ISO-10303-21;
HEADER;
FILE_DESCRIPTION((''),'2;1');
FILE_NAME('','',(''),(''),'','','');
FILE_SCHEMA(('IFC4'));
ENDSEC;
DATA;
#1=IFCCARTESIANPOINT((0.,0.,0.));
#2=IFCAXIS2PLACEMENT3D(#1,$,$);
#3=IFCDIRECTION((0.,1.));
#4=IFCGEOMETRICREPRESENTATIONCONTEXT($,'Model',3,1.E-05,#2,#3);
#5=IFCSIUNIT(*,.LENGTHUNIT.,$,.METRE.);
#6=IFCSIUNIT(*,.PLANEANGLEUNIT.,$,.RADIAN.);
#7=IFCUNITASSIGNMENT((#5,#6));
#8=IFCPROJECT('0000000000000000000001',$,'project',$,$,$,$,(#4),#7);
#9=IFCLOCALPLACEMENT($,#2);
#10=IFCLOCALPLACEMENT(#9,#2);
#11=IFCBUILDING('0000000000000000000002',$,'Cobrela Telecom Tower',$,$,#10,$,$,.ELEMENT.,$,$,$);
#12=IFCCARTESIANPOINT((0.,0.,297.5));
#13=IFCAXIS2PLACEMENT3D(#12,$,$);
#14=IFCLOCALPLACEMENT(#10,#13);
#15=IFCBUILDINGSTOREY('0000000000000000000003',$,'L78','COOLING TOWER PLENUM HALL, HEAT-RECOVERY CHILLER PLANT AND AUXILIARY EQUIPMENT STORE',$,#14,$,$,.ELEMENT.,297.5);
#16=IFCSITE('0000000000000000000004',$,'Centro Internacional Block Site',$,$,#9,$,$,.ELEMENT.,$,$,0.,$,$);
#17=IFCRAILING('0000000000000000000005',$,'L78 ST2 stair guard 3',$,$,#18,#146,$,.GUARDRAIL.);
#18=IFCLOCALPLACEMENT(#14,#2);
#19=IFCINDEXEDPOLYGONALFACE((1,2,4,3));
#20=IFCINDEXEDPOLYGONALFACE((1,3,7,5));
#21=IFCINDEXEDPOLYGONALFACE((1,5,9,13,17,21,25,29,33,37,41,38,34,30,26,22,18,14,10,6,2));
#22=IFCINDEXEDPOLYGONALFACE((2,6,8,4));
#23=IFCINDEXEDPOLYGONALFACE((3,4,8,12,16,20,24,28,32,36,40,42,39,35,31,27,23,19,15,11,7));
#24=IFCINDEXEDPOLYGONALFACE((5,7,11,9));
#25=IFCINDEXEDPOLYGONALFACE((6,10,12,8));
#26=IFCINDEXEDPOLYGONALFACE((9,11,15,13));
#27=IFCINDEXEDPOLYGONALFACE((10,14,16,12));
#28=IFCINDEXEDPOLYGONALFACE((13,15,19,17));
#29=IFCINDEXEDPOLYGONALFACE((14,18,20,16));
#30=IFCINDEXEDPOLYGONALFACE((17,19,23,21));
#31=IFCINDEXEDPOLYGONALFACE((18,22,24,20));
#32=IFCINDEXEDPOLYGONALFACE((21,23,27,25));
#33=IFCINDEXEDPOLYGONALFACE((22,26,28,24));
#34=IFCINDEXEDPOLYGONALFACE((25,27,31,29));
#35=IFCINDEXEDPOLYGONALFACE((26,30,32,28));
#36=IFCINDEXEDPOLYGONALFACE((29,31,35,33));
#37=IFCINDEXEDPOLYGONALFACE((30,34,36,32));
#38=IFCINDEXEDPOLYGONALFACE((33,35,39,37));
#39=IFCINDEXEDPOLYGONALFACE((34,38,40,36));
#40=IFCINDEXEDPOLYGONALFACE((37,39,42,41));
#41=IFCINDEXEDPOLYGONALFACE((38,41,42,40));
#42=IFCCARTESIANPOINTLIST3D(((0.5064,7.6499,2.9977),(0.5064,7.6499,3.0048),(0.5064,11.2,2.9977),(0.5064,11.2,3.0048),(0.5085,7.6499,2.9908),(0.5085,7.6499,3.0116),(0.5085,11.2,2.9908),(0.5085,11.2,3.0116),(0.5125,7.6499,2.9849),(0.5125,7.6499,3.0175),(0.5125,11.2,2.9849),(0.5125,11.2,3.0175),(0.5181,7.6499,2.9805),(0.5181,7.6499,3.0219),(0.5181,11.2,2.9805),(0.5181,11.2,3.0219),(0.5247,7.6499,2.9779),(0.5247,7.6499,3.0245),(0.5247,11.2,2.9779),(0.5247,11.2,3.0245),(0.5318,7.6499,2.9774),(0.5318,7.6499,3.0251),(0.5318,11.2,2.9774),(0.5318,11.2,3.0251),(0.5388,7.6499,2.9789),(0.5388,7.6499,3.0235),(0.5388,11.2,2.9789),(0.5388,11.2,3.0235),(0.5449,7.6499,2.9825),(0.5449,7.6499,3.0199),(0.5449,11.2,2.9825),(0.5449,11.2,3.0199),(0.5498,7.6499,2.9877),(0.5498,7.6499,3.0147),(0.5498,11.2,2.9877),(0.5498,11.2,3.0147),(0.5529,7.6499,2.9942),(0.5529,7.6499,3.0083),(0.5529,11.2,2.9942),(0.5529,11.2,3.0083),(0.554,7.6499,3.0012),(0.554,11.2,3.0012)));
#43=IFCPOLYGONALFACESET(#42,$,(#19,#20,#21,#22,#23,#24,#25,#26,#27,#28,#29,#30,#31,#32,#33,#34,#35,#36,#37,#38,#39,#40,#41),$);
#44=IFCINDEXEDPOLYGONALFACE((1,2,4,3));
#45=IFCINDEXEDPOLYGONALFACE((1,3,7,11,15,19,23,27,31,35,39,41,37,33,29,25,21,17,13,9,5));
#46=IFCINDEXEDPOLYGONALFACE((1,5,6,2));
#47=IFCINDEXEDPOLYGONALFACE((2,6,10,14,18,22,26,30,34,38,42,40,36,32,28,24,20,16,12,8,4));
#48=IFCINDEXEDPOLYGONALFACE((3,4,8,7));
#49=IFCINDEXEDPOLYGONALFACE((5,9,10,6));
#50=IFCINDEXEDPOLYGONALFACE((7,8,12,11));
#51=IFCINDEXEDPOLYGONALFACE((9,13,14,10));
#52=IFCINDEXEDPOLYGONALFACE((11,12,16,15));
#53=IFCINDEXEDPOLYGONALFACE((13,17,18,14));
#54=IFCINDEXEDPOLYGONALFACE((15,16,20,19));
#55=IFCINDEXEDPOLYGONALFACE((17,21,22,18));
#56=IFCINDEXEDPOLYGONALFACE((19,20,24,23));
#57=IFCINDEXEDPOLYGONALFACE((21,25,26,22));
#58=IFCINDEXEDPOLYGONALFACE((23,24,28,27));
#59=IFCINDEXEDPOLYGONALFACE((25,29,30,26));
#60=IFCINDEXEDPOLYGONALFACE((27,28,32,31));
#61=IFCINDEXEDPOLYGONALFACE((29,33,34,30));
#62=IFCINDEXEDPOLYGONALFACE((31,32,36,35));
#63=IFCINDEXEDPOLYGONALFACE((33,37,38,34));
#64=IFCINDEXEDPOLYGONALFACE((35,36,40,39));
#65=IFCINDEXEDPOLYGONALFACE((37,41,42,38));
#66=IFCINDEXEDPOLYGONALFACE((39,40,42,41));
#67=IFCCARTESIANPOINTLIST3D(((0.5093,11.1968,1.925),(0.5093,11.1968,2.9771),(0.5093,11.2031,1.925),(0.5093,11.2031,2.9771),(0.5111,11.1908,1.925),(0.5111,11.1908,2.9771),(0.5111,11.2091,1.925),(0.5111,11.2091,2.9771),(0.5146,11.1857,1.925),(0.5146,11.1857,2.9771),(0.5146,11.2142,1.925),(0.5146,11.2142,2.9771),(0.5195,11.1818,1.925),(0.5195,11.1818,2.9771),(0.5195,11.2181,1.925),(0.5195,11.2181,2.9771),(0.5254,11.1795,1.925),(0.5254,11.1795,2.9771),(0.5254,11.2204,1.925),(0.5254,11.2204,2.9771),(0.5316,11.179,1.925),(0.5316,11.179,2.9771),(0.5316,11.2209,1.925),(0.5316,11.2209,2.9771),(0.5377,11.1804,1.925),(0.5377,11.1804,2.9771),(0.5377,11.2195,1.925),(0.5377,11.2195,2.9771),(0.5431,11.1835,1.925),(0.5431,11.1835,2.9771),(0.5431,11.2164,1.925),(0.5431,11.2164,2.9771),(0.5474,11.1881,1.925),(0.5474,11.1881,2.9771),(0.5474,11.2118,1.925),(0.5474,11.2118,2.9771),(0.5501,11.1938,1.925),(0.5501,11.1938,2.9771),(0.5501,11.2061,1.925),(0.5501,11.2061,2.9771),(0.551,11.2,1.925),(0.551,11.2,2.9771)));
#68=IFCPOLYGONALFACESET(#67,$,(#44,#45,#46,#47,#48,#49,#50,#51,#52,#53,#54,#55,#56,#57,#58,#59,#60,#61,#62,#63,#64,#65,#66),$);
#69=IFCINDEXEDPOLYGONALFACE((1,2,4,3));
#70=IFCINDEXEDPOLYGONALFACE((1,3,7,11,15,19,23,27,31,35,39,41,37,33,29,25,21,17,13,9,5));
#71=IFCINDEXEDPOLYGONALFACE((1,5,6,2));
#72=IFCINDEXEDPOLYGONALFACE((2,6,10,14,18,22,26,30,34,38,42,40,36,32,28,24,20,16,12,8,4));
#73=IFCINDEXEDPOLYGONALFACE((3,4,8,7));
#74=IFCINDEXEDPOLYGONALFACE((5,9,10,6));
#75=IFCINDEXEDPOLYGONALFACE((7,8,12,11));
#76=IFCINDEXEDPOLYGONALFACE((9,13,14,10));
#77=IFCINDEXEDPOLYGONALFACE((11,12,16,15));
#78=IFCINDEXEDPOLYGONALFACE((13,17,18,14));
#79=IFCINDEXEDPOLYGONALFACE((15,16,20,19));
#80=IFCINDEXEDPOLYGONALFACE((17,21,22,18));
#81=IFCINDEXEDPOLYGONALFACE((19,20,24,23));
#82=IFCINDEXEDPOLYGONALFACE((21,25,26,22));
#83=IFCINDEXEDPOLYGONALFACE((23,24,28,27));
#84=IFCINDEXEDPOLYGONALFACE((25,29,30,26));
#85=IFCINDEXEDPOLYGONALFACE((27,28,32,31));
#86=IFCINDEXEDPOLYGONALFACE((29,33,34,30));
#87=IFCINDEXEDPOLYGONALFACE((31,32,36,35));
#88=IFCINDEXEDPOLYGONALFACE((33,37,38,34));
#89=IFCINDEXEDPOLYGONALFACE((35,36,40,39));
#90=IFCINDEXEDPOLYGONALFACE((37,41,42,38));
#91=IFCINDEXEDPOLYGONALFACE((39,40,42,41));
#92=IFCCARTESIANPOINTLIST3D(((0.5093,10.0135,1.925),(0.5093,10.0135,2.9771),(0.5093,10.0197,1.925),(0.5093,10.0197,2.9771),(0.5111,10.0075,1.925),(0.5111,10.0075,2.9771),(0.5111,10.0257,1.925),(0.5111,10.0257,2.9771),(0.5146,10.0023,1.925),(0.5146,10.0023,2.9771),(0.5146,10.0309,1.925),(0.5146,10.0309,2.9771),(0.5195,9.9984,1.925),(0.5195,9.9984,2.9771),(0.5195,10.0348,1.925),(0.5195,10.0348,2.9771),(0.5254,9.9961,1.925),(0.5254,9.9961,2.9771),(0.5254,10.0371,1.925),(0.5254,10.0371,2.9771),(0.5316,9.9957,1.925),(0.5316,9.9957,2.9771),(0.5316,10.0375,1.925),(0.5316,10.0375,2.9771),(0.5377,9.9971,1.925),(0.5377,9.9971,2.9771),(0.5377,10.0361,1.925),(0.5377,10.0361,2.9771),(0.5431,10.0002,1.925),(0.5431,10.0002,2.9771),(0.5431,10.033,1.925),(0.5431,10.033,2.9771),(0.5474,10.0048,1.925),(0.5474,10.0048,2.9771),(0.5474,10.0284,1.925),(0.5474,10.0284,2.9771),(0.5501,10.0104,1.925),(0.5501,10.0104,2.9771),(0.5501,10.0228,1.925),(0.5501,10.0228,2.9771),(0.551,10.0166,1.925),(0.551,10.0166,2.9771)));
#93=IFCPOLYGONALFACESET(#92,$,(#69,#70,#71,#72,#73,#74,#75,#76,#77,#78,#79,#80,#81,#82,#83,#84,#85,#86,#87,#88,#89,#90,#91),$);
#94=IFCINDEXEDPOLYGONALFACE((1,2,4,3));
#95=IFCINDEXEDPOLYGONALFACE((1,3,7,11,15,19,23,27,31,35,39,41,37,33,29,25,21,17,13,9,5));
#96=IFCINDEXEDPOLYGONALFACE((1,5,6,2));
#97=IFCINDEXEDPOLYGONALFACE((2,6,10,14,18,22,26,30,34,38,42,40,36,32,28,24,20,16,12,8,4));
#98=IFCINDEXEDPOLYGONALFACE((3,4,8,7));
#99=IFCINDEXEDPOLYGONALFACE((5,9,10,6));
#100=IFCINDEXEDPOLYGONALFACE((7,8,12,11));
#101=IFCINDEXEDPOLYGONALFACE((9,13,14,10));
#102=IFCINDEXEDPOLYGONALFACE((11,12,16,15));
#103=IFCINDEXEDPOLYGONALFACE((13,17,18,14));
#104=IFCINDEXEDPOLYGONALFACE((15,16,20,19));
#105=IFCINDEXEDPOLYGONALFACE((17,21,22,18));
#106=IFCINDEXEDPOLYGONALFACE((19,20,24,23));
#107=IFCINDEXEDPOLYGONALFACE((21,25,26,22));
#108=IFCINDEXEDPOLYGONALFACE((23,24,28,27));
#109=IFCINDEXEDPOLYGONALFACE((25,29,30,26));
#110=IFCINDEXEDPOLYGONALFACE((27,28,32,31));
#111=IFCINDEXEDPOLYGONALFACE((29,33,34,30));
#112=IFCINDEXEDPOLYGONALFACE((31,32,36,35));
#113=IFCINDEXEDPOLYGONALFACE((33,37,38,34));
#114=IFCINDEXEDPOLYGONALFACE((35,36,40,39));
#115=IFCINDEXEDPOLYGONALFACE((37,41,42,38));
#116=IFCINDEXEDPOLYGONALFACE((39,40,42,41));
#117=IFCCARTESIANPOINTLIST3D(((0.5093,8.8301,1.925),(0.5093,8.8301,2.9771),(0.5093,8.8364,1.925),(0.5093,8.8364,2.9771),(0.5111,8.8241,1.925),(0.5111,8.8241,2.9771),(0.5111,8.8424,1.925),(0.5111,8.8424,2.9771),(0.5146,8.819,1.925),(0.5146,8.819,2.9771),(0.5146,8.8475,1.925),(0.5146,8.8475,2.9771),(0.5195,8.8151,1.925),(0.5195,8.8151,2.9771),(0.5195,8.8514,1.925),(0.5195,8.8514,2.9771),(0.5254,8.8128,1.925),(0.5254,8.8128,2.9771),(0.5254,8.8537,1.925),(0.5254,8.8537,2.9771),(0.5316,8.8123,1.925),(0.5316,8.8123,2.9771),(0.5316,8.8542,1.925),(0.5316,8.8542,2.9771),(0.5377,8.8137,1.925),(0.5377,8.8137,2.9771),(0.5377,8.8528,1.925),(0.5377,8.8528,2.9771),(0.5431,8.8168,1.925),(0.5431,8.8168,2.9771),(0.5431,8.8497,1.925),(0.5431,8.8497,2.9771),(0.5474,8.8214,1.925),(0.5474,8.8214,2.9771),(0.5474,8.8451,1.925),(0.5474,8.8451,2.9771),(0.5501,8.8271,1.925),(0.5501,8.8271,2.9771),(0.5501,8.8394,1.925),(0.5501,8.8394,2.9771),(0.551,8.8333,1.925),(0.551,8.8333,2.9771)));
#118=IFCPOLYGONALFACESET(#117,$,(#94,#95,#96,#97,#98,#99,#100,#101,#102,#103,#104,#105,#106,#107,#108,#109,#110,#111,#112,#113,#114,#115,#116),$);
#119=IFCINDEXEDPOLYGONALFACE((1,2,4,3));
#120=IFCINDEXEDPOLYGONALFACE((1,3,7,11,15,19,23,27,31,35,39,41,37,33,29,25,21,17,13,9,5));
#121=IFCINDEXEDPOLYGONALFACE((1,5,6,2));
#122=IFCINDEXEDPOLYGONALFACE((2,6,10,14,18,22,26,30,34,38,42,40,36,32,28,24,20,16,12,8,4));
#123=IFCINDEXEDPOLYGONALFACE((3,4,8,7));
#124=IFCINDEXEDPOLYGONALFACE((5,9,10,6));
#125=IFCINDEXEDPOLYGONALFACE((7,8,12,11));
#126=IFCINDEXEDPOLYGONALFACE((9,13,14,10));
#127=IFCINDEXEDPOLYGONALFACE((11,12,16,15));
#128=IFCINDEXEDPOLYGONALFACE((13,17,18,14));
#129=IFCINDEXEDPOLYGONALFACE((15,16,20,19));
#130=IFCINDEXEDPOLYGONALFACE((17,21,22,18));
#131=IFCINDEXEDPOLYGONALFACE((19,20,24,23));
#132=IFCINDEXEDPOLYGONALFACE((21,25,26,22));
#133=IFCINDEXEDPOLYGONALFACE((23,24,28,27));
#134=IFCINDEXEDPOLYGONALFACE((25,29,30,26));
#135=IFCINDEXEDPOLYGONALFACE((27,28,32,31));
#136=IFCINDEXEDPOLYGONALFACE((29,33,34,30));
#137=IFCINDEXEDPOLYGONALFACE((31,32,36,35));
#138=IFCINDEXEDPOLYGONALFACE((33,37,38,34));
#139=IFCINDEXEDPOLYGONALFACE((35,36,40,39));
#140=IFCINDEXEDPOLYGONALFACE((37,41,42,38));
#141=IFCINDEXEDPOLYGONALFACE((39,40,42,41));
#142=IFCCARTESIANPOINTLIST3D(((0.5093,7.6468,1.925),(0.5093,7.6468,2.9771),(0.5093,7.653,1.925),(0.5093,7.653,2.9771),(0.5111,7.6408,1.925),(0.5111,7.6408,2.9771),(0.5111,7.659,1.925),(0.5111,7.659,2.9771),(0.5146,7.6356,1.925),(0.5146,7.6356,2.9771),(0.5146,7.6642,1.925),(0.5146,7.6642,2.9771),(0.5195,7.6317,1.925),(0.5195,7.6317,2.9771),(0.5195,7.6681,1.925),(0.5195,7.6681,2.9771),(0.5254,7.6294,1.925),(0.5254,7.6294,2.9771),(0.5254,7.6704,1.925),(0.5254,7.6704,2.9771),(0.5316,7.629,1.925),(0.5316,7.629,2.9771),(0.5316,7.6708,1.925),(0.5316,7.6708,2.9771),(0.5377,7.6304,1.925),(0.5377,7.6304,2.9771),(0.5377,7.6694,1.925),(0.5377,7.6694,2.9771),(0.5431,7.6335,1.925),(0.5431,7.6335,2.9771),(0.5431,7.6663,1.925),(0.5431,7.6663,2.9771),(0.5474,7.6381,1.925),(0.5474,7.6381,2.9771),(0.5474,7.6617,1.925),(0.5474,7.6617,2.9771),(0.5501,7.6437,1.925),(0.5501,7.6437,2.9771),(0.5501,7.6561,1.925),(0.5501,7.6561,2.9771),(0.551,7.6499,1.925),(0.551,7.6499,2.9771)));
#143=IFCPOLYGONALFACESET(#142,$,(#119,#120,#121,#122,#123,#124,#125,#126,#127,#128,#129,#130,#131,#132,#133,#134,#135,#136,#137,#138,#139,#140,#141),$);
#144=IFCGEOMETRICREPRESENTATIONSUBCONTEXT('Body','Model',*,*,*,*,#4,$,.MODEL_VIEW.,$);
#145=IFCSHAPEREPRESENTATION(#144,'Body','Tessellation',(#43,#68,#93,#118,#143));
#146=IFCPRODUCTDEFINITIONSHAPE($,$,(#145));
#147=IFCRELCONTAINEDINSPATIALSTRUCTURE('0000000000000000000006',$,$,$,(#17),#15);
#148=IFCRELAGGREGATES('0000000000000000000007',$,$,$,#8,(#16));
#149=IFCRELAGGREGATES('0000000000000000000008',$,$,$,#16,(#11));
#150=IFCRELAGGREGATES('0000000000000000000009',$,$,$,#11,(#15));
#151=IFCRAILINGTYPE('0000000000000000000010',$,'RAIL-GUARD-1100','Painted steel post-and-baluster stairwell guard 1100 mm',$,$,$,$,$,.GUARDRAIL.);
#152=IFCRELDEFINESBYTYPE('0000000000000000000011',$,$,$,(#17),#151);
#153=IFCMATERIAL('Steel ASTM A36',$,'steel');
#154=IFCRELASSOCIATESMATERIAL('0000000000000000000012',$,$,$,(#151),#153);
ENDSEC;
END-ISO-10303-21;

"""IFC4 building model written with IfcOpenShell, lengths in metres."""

from ifc_helpers import new_model, si_unit, direction, frame, origin, origin_2d, place, context, subcontext, project, spatial, circle, extrude, material, type_object, element, save


model = new_model("IFC4")

# Units and contexts
model_context = context("Model", 3, precision=1e-05, world=origin(), true_north=direction((0.0, 1.0)))
body_context = subcontext(model_context, "Body", "Model", "MODEL_VIEW")
ifc_project = project(units=[si_unit("LENGTHUNIT", "METRE"), si_unit("PLANEANGLEUNIT", "RADIAN")], contexts=[model_context])

# Site, building, storey
site_placement = place(None, origin())
site = spatial("IfcSite", under=ifc_project, at=site_placement, Name="Centro Internacional Block Site", CompositionType="ELEMENT", RefElevation=0.0)
building_placement = place(site_placement, origin())
building = spatial("IfcBuilding", under=site, at=building_placement, Name="Cobrela Telecom Tower", CompositionType="ELEMENT")
storey_placement = place(building_placement, frame((0.0, 0.0, 297.5)))
storey = spatial("IfcBuildingStorey", under=building, at=storey_placement, Name="L78", Description="COOLING TOWER PLENUM HALL, HEAT-RECOVERY CHILLER PLANT AND AUXILIARY EQUIPMENT STORE", CompositionType="ELEMENT", Elevation=297.5)

# Shared definitions
ifc_material_1 = material(Name="Steel ASTM A36", Category="steel")

# Railing
railing_type_1 = type_object("IfcRailingType", Name="RAIL-GUARD-1100", Description="Painted steel post-and-baluster stairwell guard 1100 mm", PredefinedType="GUARDRAIL", material=ifc_material_1)
railing_1_placement = place(storey_placement, frame((0.53, 11.2, 1.925)))
element("IfcRailing", 1, at=railing_1_placement, inside=storey, type_object=railing_type_1, Name="L78 ST2 stair guard 3", PredefinedType="GUARDRAIL", context=body_context, shape_type="SweptSolid", body=[
    extrude(circle(Radius=0.0239, at=origin_2d()), frame((0.0, 0.0, 1.0762), z_axis=(0.0, -1.0, 0.0), x_axis=(1.0, 0.0, 0.0)), (0.0, 0.0, 1.0), 3.55),
    extrude(circle(Radius=0.021, at=origin_2d()), origin(), (0.0, 0.0, 1.0), 1.052),
    extrude(circle(Radius=0.021, at=origin_2d()), frame((0.0, -1.1833, 0.0)), (0.0, 0.0, 1.0), 1.052),
    extrude(circle(Radius=0.021, at=origin_2d()), frame((0.0, -2.3667, 0.0)), (0.0, 0.0, 1.0), 1.052),
    extrude(circle(Radius=0.021, at=origin_2d()), frame((0.0, -3.55, 0.0)), (0.0, 0.0, 1.0), 1.052),
])

save(model, "model.ifc")
